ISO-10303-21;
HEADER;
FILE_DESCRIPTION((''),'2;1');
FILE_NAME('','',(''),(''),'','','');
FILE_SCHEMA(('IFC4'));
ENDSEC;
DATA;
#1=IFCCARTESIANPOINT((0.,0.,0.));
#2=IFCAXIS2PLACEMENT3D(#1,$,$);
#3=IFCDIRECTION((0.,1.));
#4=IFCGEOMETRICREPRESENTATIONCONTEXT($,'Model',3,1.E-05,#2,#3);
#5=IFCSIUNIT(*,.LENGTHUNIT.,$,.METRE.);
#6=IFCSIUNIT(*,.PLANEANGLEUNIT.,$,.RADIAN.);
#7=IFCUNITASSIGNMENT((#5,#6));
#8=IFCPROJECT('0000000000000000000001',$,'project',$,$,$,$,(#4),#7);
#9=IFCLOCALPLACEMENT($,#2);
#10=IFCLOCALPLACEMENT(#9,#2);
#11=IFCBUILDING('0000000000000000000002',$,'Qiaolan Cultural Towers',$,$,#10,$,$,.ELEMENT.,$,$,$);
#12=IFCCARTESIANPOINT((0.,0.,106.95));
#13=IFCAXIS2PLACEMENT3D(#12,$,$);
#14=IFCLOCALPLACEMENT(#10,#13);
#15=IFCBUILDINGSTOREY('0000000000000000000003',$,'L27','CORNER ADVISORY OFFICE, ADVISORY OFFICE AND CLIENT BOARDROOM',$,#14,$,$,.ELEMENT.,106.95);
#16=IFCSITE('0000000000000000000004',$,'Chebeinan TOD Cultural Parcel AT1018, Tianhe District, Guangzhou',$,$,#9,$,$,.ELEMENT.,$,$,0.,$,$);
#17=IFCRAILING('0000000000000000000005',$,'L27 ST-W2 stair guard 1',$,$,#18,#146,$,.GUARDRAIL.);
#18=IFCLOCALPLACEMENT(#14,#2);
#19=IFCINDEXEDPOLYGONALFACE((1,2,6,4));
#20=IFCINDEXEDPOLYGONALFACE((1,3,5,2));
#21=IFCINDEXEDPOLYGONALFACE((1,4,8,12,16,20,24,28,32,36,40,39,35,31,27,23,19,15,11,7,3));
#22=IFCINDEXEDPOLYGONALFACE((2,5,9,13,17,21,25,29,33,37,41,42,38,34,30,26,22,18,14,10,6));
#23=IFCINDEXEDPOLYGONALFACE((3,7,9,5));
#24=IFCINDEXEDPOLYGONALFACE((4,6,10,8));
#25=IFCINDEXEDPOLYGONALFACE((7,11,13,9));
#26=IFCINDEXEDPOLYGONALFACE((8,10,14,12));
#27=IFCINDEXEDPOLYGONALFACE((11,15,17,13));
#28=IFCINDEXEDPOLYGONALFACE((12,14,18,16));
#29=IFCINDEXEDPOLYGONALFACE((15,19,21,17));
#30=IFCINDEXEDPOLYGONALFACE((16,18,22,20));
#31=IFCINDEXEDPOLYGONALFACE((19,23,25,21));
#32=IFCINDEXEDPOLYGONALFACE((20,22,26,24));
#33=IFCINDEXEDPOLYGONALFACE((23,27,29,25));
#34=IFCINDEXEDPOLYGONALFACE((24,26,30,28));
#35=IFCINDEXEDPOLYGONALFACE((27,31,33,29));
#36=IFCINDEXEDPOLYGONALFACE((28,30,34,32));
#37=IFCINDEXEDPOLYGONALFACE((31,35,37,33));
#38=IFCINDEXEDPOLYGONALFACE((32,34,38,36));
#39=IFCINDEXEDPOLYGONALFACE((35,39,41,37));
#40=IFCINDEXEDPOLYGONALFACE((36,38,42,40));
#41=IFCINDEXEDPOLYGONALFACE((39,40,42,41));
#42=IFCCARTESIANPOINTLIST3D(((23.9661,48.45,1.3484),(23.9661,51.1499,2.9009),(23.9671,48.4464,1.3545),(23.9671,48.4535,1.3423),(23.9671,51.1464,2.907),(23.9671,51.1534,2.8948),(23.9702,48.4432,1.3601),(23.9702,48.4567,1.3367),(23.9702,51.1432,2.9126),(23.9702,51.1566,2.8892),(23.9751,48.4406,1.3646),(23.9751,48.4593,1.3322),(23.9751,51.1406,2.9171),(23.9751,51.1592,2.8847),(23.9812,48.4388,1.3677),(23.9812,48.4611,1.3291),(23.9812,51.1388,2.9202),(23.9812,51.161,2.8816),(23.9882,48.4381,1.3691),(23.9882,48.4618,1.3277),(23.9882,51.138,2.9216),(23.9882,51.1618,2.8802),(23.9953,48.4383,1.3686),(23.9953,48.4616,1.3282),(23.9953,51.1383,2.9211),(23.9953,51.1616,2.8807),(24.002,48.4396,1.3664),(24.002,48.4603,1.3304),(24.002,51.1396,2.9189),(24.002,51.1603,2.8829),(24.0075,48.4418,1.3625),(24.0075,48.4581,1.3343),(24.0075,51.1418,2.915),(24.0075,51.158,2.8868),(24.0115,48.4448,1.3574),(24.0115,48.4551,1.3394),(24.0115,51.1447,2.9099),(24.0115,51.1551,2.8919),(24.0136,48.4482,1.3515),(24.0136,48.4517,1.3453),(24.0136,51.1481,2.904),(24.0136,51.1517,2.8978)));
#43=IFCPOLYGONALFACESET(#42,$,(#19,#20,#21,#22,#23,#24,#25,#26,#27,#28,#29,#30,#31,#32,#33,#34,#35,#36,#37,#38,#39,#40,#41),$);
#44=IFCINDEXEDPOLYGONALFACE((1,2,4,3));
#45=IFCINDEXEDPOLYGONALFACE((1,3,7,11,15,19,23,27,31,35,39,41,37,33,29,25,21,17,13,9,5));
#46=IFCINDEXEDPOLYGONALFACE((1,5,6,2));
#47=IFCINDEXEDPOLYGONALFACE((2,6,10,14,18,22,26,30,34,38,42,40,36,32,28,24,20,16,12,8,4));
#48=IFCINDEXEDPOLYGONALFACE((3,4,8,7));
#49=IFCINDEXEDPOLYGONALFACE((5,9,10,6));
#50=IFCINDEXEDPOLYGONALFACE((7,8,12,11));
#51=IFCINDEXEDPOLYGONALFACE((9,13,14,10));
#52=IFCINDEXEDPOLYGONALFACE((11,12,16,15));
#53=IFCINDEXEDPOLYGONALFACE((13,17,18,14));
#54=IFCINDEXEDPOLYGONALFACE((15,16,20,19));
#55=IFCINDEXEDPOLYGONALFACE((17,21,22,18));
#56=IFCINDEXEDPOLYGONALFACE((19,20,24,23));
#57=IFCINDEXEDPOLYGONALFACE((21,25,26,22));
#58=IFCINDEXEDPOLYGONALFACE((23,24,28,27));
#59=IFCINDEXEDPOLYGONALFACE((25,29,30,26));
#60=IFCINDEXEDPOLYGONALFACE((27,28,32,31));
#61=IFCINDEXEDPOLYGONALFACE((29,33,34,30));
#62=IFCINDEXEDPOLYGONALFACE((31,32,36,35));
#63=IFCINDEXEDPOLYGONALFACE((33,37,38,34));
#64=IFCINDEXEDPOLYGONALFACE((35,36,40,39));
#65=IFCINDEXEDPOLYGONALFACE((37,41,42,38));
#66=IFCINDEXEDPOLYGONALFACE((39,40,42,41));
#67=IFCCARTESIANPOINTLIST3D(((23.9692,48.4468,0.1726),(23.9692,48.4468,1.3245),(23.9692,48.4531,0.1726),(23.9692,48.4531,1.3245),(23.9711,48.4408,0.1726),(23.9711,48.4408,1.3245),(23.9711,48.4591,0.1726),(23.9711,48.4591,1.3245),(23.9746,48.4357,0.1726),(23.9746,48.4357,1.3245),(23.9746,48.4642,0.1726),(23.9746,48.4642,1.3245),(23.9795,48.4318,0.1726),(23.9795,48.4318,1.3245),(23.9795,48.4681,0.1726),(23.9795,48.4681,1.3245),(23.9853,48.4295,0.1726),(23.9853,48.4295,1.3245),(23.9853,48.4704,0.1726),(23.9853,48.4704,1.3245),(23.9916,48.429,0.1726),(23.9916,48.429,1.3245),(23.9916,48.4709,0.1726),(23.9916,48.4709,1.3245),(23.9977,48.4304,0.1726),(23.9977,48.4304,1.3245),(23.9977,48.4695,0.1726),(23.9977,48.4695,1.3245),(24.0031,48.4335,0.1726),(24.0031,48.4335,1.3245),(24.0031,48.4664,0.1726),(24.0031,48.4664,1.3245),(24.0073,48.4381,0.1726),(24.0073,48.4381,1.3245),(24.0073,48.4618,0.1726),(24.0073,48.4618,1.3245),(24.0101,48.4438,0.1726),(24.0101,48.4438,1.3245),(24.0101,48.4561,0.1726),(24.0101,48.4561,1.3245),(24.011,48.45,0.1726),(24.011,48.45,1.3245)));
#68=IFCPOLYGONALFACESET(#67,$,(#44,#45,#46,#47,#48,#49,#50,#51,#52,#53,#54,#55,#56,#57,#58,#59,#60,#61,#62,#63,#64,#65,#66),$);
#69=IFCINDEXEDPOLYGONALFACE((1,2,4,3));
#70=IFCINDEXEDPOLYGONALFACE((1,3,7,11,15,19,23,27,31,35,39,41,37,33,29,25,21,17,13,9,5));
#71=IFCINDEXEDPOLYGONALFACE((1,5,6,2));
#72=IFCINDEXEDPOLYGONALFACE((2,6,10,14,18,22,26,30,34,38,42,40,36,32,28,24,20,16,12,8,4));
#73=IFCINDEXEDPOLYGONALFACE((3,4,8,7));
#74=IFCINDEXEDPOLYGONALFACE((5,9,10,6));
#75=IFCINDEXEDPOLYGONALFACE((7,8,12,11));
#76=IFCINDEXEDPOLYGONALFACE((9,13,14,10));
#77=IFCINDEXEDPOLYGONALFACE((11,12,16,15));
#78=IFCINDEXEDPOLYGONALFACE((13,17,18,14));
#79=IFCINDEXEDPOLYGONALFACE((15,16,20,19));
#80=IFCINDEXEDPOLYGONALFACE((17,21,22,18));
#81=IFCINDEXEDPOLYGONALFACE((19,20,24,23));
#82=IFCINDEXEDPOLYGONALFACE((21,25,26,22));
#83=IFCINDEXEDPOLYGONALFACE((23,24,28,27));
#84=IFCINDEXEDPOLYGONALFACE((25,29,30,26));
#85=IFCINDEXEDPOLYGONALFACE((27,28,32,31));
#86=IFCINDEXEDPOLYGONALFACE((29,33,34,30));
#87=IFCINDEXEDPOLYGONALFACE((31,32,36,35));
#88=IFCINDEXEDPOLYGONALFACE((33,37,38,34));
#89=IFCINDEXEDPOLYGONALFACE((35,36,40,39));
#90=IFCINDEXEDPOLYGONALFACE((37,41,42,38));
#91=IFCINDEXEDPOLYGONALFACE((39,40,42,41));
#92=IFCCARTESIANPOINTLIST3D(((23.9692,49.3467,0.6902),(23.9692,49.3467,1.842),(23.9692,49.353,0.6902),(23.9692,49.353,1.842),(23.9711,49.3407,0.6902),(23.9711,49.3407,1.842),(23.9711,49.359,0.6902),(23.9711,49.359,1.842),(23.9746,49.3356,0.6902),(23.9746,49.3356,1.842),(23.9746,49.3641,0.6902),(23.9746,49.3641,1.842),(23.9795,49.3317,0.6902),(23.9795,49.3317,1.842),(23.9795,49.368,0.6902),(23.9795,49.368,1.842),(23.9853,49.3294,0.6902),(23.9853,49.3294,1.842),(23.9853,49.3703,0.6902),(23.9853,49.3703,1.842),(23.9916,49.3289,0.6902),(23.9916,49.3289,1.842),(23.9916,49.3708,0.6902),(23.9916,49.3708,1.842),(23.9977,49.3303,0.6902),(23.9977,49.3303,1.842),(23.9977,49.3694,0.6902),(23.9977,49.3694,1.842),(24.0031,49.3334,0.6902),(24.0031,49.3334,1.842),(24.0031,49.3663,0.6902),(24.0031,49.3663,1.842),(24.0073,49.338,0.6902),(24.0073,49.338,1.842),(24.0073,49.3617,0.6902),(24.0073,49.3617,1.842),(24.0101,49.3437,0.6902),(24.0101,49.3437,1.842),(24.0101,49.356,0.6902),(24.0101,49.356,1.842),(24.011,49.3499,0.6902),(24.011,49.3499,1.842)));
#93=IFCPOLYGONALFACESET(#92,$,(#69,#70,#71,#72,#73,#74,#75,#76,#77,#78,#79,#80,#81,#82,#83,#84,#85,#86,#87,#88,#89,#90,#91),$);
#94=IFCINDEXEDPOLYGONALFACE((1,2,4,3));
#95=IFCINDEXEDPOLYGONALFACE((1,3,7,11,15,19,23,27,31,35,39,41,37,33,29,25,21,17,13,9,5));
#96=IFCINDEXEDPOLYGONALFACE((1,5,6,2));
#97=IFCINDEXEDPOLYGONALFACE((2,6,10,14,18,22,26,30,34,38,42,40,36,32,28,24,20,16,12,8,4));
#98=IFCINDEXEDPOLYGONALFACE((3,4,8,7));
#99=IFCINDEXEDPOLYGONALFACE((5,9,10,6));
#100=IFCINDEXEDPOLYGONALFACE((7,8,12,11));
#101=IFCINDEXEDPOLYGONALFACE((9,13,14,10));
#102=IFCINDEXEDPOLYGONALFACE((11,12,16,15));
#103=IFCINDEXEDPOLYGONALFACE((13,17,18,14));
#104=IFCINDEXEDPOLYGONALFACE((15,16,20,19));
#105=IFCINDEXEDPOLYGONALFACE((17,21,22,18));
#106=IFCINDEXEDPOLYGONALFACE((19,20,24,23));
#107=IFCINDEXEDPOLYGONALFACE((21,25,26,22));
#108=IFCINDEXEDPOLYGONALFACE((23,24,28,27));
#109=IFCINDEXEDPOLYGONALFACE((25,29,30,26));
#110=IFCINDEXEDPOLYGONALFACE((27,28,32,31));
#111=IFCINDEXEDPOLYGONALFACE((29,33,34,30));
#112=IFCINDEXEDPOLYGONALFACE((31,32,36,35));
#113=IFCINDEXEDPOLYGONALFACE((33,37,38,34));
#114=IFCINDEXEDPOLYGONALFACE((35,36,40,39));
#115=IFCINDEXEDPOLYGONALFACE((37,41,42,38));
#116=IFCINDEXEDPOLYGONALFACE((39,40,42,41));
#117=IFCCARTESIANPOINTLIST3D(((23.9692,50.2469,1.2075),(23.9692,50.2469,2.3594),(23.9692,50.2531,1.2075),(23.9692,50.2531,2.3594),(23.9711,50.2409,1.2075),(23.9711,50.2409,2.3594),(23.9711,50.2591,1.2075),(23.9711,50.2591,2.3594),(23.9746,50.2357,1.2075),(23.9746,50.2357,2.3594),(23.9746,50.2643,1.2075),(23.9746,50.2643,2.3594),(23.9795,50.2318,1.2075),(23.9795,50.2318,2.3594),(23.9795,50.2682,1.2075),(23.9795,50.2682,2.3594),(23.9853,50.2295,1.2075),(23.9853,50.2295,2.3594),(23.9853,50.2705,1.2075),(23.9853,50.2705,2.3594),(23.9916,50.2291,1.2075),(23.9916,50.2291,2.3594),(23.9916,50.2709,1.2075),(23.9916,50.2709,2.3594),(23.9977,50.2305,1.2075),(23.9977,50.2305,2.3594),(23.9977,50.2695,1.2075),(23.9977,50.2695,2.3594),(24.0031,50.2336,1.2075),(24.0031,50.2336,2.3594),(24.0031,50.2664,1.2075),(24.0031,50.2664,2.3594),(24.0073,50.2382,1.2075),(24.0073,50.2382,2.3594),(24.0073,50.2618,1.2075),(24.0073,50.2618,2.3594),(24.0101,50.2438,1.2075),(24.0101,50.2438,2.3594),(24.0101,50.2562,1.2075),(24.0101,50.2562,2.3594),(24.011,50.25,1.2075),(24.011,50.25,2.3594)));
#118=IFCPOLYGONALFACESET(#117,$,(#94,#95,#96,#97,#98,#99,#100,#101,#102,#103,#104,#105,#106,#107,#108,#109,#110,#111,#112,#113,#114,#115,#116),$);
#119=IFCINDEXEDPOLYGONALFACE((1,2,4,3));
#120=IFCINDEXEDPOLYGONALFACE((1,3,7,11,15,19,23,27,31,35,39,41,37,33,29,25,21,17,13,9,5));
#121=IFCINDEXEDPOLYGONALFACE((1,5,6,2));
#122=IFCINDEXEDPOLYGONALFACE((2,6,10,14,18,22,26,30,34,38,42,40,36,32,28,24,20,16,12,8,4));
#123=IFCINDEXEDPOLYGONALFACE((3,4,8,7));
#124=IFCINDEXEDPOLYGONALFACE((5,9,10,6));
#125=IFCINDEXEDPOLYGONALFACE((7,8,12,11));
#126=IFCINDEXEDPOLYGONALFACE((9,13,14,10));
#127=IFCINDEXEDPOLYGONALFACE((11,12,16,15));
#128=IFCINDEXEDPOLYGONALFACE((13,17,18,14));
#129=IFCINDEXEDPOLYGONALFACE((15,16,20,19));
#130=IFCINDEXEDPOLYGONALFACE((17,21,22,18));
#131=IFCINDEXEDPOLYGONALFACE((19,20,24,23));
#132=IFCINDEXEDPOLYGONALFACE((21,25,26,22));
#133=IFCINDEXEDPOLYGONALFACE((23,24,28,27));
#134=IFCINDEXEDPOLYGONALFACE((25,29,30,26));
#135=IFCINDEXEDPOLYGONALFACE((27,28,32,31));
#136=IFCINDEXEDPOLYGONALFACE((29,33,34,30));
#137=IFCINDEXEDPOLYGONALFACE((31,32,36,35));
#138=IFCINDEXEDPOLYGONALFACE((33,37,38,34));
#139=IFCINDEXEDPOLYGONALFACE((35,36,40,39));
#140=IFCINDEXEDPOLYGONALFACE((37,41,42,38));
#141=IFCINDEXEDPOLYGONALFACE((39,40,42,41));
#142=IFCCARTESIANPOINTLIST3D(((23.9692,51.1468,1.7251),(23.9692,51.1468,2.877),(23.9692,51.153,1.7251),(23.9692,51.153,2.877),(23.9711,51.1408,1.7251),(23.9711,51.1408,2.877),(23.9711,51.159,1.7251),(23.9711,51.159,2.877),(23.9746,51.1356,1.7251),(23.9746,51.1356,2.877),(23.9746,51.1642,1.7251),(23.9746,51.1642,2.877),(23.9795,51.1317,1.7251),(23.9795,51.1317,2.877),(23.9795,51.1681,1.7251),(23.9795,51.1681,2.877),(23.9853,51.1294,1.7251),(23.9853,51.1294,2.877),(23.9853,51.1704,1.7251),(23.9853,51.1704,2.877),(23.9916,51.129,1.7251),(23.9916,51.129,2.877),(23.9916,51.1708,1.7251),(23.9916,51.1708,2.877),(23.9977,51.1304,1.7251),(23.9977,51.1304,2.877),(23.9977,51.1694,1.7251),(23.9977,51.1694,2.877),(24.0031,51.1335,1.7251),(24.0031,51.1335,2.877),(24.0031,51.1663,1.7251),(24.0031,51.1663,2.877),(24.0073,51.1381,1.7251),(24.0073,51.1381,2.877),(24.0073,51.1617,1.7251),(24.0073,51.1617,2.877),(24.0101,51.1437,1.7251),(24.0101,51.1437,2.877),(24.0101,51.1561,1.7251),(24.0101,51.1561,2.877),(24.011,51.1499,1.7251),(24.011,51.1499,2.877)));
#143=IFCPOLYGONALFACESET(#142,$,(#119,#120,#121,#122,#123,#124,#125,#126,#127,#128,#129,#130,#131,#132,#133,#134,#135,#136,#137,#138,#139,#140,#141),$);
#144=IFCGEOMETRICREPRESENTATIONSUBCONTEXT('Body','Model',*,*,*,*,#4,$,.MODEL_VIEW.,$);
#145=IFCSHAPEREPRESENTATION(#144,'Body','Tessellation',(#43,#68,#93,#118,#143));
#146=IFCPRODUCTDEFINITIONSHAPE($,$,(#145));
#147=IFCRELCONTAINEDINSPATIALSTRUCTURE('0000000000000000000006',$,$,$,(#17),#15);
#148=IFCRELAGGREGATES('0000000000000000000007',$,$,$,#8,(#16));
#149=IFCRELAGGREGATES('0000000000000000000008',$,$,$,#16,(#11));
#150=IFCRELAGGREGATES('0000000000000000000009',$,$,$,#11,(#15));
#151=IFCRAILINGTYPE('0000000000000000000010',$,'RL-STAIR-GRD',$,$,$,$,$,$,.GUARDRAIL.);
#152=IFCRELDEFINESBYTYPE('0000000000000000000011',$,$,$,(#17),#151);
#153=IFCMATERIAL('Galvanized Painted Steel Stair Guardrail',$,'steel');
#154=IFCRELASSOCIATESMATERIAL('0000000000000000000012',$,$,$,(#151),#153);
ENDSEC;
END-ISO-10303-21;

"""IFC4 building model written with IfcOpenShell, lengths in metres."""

from ifc_helpers import new_model, si_unit, direction, frame, origin, origin_2d, place, context, subcontext, project, spatial, circle, extrude, material, type_object, element, save


model = new_model("IFC4")

# Units and contexts
model_context = context("Model", 3, precision=1e-05, world=origin(), true_north=direction((0.0, 1.0)))
body_context = subcontext(model_context, "Body", "Model", "MODEL_VIEW")
ifc_project = project(units=[si_unit("LENGTHUNIT", "METRE"), si_unit("PLANEANGLEUNIT", "RADIAN")], contexts=[model_context])

# Site, building, storey
site_placement = place(None, origin())
site = spatial("IfcSite", under=ifc_project, at=site_placement, Name="Chebeinan TOD Cultural Parcel AT1018, Tianhe District, Guangzhou", CompositionType="ELEMENT", RefElevation=0.0)
building_placement = place(site_placement, origin())
building = spatial("IfcBuilding", under=site, at=building_placement, Name="Qiaolan Cultural Towers", CompositionType="ELEMENT")
storey_placement = place(building_placement, frame((0.0, 0.0, 106.95)))
storey = spatial("IfcBuildingStorey", under=building, at=storey_placement, Name="L27", Description="CORNER ADVISORY OFFICE, ADVISORY OFFICE AND CLIENT BOARDROOM", CompositionType="ELEMENT", Elevation=106.95)

# Railing
ifc_material_1 = material(Name="Galvanized Painted Steel Stair Guardrail", Category="steel")
railing_type_1 = type_object("IfcRailingType", Name="RL-STAIR-GRD", PredefinedType="GUARDRAIL", material=ifc_material_1)
railing_1_placement = place(storey_placement, frame((23.99, 48.45, 0.1726)))
element("IfcRailing", 1, at=railing_1_placement, inside=storey, type_object=railing_type_1, Name="L27 ST-W2 stair guard 1", PredefinedType="GUARDRAIL", context=body_context, shape_type="SweptSolid", body=[
    extrude(circle(Radius=0.0239, at=origin_2d()), frame((0.0, 0.0, 1.1758), z_axis=(0.0, 0.866904, 0.498476), x_axis=(-1.0, 0.0, 0.0)), (0.0, 0.0, 1.0), 3.1145),
    extrude(circle(Radius=0.021, at=origin_2d()), origin(), (0.0, 0.0, 1.0), 1.1519),
    extrude(circle(Radius=0.021, at=origin_2d()), frame((0.0, 0.8999, 0.5176)), (0.0, 0.0, 1.0), 1.1519),
    extrude(circle(Radius=0.021, at=origin_2d()), frame((0.0, 1.8, 1.0349)), (0.0, 0.0, 1.0), 1.1519),
    extrude(circle(Radius=0.021, at=origin_2d()), frame((0.0, 2.7, 1.5525)), (0.0, 0.0, 1.0), 1.1519),
])

save(model, "model.ifc")
